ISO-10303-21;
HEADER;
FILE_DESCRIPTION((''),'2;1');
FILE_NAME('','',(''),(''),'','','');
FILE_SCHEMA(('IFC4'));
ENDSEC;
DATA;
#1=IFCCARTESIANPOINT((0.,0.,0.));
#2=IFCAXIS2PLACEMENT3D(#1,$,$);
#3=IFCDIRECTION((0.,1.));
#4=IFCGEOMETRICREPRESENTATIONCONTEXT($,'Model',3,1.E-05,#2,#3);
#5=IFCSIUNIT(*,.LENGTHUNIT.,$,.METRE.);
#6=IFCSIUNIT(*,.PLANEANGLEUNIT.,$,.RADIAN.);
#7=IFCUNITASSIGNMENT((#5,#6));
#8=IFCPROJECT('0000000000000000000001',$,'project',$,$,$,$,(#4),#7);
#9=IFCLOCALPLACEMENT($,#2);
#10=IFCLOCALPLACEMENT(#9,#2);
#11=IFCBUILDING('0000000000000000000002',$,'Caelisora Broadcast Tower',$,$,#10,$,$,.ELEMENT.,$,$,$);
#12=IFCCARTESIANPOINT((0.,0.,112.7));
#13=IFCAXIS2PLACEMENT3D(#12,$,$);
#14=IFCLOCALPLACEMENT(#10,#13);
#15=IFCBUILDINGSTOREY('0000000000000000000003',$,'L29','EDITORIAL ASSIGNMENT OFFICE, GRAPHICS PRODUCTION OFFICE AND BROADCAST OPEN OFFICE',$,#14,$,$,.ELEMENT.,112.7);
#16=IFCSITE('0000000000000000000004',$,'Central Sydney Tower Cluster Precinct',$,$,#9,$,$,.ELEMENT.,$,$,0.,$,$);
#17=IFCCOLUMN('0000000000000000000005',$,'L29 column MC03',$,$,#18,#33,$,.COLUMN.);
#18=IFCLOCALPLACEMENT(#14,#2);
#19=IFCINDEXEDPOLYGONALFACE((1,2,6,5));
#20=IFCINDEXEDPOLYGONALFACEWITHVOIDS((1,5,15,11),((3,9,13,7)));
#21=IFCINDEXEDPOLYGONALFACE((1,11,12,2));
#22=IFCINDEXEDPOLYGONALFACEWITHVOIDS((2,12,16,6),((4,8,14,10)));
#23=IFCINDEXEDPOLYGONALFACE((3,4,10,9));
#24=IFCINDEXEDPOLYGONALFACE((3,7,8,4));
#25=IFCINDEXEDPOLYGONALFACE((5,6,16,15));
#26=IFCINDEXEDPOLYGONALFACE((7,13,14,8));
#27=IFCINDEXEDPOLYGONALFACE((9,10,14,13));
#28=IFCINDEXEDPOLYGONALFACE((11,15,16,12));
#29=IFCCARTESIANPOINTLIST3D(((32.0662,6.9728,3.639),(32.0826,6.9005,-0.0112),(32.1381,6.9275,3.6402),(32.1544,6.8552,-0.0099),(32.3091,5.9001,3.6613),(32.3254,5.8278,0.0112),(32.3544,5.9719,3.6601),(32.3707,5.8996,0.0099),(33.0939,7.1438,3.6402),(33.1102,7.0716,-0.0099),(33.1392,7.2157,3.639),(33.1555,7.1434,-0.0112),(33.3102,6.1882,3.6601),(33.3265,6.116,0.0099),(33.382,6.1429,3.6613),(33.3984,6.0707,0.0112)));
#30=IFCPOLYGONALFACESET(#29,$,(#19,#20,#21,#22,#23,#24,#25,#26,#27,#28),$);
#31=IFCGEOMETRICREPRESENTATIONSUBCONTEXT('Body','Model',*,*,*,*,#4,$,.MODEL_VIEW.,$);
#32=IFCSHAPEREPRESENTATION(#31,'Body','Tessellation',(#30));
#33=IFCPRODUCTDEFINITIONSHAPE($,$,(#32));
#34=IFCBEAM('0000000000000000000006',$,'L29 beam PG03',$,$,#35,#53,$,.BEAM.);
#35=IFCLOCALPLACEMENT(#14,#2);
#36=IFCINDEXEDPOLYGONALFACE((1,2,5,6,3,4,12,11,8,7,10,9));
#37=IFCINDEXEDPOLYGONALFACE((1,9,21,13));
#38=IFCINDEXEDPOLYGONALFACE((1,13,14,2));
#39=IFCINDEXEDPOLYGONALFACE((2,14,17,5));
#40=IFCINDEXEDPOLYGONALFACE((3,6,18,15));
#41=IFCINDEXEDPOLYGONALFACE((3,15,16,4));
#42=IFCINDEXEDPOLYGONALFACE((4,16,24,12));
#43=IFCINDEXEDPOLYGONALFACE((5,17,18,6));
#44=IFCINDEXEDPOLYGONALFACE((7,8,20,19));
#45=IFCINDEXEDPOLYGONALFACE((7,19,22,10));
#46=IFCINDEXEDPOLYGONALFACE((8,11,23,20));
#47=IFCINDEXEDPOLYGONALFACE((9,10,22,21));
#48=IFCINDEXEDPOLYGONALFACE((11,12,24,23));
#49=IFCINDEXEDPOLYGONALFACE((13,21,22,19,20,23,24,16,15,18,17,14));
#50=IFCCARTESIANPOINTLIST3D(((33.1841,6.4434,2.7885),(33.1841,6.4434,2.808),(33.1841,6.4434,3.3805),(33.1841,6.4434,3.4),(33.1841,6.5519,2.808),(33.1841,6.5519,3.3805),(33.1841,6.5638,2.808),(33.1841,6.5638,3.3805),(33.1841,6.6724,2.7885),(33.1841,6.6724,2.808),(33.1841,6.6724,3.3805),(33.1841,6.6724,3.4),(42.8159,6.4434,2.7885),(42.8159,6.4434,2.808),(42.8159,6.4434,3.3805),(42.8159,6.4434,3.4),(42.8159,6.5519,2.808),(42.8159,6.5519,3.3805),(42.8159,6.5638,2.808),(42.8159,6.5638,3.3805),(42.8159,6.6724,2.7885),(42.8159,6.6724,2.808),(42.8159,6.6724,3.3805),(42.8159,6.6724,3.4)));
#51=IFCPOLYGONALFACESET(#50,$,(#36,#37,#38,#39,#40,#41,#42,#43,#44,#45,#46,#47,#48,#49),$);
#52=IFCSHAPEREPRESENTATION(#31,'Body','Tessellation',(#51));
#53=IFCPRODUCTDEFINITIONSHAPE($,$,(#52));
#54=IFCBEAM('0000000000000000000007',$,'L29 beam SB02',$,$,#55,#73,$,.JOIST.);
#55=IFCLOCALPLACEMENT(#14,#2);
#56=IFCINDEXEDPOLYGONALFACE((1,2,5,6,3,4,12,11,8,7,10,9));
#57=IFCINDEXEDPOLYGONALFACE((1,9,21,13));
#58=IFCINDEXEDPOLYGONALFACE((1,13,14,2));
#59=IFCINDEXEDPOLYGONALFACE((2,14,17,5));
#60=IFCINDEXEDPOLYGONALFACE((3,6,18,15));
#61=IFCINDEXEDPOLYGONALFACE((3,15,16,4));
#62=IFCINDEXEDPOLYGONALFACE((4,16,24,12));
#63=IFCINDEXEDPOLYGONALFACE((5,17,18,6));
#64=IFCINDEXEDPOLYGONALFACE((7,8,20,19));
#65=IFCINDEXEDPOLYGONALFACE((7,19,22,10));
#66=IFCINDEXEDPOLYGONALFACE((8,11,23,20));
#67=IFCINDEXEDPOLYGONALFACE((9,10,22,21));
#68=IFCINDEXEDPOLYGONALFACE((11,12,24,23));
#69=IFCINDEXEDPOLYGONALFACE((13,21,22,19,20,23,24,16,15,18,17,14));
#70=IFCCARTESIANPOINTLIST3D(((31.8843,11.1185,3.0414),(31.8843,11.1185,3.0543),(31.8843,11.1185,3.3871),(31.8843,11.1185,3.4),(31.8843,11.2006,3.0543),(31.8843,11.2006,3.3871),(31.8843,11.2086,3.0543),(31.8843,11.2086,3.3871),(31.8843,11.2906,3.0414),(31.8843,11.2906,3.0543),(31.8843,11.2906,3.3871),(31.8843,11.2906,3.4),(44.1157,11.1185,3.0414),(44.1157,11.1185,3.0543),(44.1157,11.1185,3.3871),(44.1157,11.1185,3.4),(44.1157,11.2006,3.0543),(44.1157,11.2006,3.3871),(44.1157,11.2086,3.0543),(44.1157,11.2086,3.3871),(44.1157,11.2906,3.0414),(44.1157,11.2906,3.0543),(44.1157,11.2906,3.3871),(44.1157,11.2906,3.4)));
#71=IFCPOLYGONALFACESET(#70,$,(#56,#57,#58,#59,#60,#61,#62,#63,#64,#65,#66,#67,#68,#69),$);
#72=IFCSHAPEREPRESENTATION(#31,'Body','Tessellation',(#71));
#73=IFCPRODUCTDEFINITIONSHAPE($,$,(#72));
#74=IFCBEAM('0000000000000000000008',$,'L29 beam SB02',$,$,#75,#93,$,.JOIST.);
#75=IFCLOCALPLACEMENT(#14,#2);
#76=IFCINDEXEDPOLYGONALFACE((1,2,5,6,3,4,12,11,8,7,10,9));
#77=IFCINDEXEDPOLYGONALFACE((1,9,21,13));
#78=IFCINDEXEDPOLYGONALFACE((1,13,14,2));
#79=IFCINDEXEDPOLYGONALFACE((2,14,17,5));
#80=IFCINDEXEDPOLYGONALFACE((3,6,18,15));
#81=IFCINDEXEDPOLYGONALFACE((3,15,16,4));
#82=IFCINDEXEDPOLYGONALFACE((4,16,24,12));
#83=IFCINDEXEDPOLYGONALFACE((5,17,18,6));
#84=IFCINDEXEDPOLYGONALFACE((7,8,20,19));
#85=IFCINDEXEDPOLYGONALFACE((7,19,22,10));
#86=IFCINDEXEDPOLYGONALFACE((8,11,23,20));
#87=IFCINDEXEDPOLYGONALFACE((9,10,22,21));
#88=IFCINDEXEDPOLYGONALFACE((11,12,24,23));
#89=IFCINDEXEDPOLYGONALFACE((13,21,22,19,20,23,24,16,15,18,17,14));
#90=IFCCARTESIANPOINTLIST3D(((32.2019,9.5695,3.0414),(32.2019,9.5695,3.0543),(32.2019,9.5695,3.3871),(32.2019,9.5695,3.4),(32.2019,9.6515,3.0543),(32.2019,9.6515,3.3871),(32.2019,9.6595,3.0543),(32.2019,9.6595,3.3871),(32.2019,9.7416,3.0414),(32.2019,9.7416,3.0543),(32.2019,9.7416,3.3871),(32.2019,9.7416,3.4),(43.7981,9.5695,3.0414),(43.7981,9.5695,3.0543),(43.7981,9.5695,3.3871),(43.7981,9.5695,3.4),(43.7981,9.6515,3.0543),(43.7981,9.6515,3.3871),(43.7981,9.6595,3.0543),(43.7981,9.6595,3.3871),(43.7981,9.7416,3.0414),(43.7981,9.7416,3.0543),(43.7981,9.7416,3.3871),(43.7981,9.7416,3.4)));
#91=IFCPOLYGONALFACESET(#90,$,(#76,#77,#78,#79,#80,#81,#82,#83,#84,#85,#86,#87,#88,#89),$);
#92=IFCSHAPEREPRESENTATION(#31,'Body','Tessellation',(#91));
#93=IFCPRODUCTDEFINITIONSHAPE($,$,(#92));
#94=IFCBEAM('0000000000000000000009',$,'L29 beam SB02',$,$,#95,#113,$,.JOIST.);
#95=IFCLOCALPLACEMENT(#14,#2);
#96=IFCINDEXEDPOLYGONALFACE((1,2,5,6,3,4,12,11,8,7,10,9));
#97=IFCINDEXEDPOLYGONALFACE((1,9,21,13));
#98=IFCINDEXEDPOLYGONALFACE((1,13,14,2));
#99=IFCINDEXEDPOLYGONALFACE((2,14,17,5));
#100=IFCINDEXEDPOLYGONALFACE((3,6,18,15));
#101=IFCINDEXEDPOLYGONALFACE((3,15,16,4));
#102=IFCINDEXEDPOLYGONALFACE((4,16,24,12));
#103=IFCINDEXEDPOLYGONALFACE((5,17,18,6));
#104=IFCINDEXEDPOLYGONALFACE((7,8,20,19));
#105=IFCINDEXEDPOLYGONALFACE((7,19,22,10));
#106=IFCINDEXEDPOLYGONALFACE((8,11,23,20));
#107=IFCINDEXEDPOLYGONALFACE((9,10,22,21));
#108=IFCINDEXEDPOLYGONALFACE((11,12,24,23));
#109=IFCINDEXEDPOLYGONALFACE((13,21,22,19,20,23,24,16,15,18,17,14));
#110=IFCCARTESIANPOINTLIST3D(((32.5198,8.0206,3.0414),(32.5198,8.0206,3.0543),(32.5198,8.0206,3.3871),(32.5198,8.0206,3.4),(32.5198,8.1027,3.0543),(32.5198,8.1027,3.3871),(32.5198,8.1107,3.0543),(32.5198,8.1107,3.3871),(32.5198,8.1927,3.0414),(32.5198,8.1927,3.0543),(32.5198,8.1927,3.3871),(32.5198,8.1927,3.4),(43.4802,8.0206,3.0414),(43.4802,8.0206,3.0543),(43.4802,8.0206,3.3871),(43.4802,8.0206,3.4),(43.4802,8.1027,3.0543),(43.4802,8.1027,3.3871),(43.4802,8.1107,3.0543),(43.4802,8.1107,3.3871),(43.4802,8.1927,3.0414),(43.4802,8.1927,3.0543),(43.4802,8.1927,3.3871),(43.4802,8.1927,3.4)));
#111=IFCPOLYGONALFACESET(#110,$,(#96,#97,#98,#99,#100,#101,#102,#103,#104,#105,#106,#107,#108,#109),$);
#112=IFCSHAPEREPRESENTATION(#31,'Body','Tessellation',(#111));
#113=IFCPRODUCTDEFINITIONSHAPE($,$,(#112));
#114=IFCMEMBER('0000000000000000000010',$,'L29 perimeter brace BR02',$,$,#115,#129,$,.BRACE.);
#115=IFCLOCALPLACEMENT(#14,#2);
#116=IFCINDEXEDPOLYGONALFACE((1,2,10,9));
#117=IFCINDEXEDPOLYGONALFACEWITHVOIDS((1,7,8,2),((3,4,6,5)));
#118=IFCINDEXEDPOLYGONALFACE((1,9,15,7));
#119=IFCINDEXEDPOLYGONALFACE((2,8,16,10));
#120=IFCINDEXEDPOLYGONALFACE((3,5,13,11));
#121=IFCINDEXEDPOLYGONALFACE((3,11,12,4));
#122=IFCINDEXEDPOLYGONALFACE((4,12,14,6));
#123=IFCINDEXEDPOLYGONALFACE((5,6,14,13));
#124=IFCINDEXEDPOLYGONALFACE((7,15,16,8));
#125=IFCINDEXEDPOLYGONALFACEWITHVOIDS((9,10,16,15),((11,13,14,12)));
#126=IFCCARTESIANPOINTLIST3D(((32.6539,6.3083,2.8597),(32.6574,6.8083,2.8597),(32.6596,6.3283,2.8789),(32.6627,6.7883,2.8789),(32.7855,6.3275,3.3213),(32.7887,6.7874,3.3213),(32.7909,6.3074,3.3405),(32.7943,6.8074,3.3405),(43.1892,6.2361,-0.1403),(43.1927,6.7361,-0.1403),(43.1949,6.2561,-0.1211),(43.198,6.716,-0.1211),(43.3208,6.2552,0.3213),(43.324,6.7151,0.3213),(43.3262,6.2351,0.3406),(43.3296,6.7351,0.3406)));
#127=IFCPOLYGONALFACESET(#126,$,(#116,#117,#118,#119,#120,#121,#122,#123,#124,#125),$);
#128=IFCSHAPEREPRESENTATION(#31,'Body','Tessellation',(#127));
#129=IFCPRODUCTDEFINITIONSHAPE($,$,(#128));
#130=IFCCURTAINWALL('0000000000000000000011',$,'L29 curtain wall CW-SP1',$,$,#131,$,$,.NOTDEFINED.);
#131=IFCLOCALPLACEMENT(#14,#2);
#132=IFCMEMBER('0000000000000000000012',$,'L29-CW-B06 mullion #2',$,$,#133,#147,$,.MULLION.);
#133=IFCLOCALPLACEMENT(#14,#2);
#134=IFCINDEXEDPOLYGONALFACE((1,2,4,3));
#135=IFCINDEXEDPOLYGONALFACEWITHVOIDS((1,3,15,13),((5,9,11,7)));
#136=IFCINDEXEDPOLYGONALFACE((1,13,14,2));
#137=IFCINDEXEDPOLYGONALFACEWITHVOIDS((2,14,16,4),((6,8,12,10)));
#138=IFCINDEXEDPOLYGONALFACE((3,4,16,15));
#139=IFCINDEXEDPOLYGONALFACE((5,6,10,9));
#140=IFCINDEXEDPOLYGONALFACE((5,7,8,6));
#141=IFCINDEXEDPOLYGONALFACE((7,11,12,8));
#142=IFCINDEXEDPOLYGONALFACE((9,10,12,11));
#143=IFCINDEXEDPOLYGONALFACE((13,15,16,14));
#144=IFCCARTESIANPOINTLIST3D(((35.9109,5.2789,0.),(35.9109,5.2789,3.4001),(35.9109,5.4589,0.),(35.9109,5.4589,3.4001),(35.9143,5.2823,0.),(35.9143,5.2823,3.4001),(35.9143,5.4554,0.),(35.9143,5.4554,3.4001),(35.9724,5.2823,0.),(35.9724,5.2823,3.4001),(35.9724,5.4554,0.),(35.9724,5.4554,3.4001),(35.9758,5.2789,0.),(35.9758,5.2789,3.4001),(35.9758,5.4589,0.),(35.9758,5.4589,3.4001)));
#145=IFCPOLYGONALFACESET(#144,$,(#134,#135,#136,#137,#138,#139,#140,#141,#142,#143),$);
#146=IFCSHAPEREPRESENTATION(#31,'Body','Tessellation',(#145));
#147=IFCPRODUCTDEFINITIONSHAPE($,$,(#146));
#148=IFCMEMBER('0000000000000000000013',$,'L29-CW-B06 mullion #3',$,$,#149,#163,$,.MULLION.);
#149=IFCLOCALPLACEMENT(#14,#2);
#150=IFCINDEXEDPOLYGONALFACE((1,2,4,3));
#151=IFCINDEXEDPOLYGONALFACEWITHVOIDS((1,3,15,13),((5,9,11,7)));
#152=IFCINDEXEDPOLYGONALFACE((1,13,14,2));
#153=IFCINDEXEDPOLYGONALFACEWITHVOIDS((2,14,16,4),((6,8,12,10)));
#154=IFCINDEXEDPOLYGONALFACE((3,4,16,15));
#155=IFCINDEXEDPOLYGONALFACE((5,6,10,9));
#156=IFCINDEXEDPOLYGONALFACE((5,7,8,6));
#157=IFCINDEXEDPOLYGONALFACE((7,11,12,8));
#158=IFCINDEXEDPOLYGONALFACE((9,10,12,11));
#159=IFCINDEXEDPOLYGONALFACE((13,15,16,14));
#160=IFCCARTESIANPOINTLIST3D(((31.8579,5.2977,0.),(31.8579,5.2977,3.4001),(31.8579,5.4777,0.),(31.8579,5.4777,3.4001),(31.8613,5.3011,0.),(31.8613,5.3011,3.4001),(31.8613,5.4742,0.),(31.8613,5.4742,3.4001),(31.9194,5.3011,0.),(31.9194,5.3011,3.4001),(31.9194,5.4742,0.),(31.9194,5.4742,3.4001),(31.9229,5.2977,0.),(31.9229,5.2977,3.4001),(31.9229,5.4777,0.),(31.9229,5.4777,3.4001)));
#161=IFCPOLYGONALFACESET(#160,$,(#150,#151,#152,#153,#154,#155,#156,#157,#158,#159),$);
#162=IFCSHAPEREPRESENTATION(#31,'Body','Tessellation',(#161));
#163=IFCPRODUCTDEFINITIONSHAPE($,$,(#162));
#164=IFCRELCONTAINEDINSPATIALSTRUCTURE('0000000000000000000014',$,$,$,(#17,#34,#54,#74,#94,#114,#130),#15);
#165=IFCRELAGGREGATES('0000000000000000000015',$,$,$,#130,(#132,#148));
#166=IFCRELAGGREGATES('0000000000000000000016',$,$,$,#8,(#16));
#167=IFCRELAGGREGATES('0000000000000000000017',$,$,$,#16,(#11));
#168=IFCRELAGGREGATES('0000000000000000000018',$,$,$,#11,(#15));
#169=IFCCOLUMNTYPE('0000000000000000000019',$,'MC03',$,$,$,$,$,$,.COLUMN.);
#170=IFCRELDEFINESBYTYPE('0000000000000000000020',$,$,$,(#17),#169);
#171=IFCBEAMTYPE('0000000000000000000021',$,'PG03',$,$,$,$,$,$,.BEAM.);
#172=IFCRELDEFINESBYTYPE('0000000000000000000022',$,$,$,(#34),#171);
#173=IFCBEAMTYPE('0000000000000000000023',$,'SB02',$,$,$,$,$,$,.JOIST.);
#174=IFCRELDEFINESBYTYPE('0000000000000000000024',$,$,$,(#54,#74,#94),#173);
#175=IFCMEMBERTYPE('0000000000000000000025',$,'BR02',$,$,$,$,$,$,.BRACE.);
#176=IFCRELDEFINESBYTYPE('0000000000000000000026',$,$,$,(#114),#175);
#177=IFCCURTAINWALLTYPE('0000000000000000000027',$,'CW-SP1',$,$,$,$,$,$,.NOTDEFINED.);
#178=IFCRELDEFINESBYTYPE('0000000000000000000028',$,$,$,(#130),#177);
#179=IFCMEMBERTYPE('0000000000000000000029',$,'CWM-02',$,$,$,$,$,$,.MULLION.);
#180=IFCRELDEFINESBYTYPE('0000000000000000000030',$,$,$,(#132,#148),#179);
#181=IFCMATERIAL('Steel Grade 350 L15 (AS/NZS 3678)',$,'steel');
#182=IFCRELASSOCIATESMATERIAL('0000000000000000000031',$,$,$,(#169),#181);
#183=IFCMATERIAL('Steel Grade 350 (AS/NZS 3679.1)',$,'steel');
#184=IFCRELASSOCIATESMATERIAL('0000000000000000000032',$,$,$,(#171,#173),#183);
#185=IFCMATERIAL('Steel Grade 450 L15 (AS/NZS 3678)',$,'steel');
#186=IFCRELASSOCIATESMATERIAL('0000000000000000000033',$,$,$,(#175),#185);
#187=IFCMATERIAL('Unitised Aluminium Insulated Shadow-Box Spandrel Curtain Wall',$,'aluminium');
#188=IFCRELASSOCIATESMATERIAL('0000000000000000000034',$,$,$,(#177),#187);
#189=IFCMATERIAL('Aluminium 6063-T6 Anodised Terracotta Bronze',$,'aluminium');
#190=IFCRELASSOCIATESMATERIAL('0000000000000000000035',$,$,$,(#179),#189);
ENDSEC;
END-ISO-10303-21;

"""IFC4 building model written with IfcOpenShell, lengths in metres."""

from ifc_helpers import new_model, si_unit, direction, frame, origin, origin_2d, place, context, subcontext, project, spatial, hollow_rectangle, i_section, extrude, source, transform, mapped, material, material_profile, profile_set, type_object, type_shapes, element, aggregate, save


model = new_model("IFC4")

# Units and contexts
model_context = context("Model", 3, precision=1e-05, world=origin(), true_north=direction((0.0, 1.0)))
body_context = subcontext(model_context, "Body", "Model", "MODEL_VIEW")
ifc_project = project(units=[si_unit("LENGTHUNIT", "METRE"), si_unit("PLANEANGLEUNIT", "RADIAN")], contexts=[model_context])

# Site, building, storey
site_placement = place(None, origin())
site = spatial("IfcSite", under=ifc_project, at=site_placement, Name="Central Sydney Tower Cluster Precinct", CompositionType="ELEMENT", RefElevation=0.0)
building_placement = place(site_placement, origin())
building = spatial("IfcBuilding", under=site, at=building_placement, Name="Caelisora Broadcast Tower", CompositionType="ELEMENT")
storey_placement = place(building_placement, frame((0.0, 0.0, 112.7)))
storey = spatial("IfcBuildingStorey", under=building, at=storey_placement, Name="L29", Description="EDITORIAL ASSIGNMENT OFFICE, GRAPHICS PRODUCTION OFFICE AND BROADCAST OPEN OFFICE", CompositionType="ELEMENT", Elevation=112.7)

# Column
ifc_material_1 = material(Name="Steel Grade 350 L15 (AS/NZS 3678)", Category="steel")
ifc_material_profile_1 = material_profile(ifc_material_1, hollow_rectangle(XDim=1.1001, YDim=1.1001, WallThickness=0.0601, at=origin_2d()), Name="Steel Grade 350 L15 (AS/NZS 3678)")
ifc_profile_set_1 = profile_set([ifc_material_profile_1], Name="Steel Grade 350 L15 (AS/NZS 3678)")
column_type = type_object("IfcColumnType", Name="MC03", PredefinedType="COLUMN", material=ifc_profile_set_1)
shared_shape_1 = source(origin(), body_context, "Body", "SweptSolid", [
    extrude(hollow_rectangle(XDim=1.1001, YDim=1.1001, WallThickness=0.0601, at=origin_2d()), origin(), (0.0, 0.0, 1.0), 3.6509),
])
type_shapes(column_type, [shared_shape_1])
column_placement = place(storey_placement, frame((32.7405, 6.4856, 0.0), z_axis=(-0.00448, 0.019794, 0.999794), x_axis=(-0.975327, -0.220767, 0.0)))
element("IfcColumn", 1, at=column_placement, inside=storey, type_object=column_type, Name="L29 column MC03", PredefinedType="COLUMN", context=body_context, shape_type="MappedRepresentation", body=[
    mapped(shared_shape_1, transform((0.0, 0.0, 0.0), scale=1.0)),
])

# Beams
ifc_material_2 = material(Name="Steel Grade 350 (AS/NZS 3679.1)", Category="steel")
ifc_material_profile_2 = material_profile(ifc_material_2, i_section(OverallWidth=0.229, OverallDepth=0.6116, WebThickness=0.012, FlangeThickness=0.0195, at=origin_2d()), Name="Steel Grade 350 (AS/NZS 3679.1)")
ifc_profile_set_2 = profile_set([ifc_material_profile_2], Name="Steel Grade 350 (AS/NZS 3679.1)")
beam_type_1 = type_object("IfcBeamType", Name="PG03", PredefinedType="BEAM", material=ifc_profile_set_2)
shared_shape_2 = source(origin(), body_context, "Body", "SweptSolid", [
    extrude(i_section(OverallWidth=0.229, OverallDepth=0.6116, WebThickness=0.012, FlangeThickness=0.0195, at=origin_2d()), origin(), (0.0, 0.0, 1.0), 9.6318),
])
type_shapes(beam_type_1, [shared_shape_2])
beam_1_placement = place(storey_placement, frame((33.1841, 6.5579, 3.0942), z_axis=(1.0, 0.0, 0.0), x_axis=(0.0, 1.0, 0.0)))
element("IfcBeam", 2, at=beam_1_placement, inside=storey, type_object=beam_type_1, Name="L29 beam PG03", PredefinedType="BEAM", context=body_context, shape_type="MappedRepresentation", body=[
    mapped(shared_shape_2, transform((0.0, 0.0, 0.0), scale=1.0)),
])
ifc_material_profile_3 = material_profile(ifc_material_2, i_section(OverallWidth=0.1721, OverallDepth=0.3586, WebThickness=0.0081, FlangeThickness=0.0129, at=origin_2d()), Name="Steel Grade 350 (AS/NZS 3679.1)")
ifc_profile_set_3 = profile_set([ifc_material_profile_3], Name="Steel Grade 350 (AS/NZS 3679.1)")
beam_type_2 = type_object("IfcBeamType", Name="SB02", PredefinedType="JOIST", material=ifc_profile_set_3)
shared_shape_3 = source(origin(), body_context, "Body", "SweptSolid", [
    extrude(i_section(OverallWidth=0.1721, OverallDepth=0.3586, WebThickness=0.0081, FlangeThickness=0.0129, at=origin_2d()), origin(), (0.0, 0.0, 1.0), 12.2314),
])
beam_2_placement = place(storey_placement, frame((31.8843, 11.2046, 3.2207), z_axis=(1.0, 0.0, 0.0), x_axis=(0.0, 1.0, 0.0)))
element("IfcBeam", 3, at=beam_2_placement, inside=storey, type_object=beam_type_2, Name="L29 beam SB02", PredefinedType="JOIST", context=body_context, shape_type="MappedRepresentation", body=[
    mapped(shared_shape_3, transform((0.0, 0.0, 0.0), scale=1.0)),
])
shared_shape_4 = source(origin(), body_context, "Body", "SweptSolid", [
    extrude(i_section(OverallWidth=0.1721, OverallDepth=0.3586, WebThickness=0.0081, FlangeThickness=0.0129, at=origin_2d()), origin(), (0.0, 0.0, 1.0), 11.5962),
])
beam_3_placement = place(storey_placement, frame((32.2019, 9.6555, 3.2207), z_axis=(1.0, 0.0, 0.0), x_axis=(0.0, 1.0, 0.0)))
element("IfcBeam", 4, at=beam_3_placement, inside=storey, type_object=beam_type_2, Name="L29 beam SB02", PredefinedType="JOIST", context=body_context, shape_type="MappedRepresentation", body=[
    mapped(shared_shape_4, transform((0.0, 0.0, 0.0), scale=1.0)),
])
shared_shape_5 = source(origin(), body_context, "Body", "SweptSolid", [
    extrude(i_section(OverallWidth=0.1721, OverallDepth=0.3586, WebThickness=0.0081, FlangeThickness=0.0129, at=origin_2d()), origin(), (0.0, 0.0, 1.0), 10.9604),
])
type_shapes(beam_type_2, [shared_shape_3, shared_shape_4, shared_shape_5])
beam_4_placement = place(storey_placement, frame((32.5198, 8.1067, 3.2207), z_axis=(1.0, 0.0, 0.0), x_axis=(0.0, 1.0, 0.0)))
element("IfcBeam", 5, at=beam_4_placement, inside=storey, type_object=beam_type_2, Name="L29 beam SB02", PredefinedType="JOIST", context=body_context, shape_type="MappedRepresentation", body=[
    mapped(shared_shape_5, transform((0.0, 0.0, 0.0), scale=1.0)),
])

# Member
ifc_material_3 = material(Name="Steel Grade 450 L15 (AS/NZS 3678)", Category="steel")
ifc_material_profile_4 = material_profile(ifc_material_3, hollow_rectangle(XDim=0.5, YDim=0.5, WallThickness=0.02, at=origin_2d()), Name="Steel Grade 450 L15 (AS/NZS 3678)")
ifc_profile_set_4 = profile_set([ifc_material_profile_4], Name="Steel Grade 450 L15 (AS/NZS 3678)")
member_type_1 = type_object("IfcMemberType", Name="BR02", PredefinedType="BRACE", material=ifc_profile_set_4)
shared_shape_6 = source(origin(), body_context, "Body", "SweptSolid", [
    extrude(hollow_rectangle(XDim=0.5, YDim=0.5, WallThickness=0.02, at=origin_2d()), origin(), (0.0, 0.0, 1.0), 10.9543),
])
type_shapes(member_type_1, [shared_shape_6])
member_1_placement = place(storey_placement, frame((32.7241, 6.5579, 3.1001), z_axis=(0.961747, -0.006597, -0.273861), x_axis=(0.006859, 0.999976, 0.0)))
element("IfcMember", 6, at=member_1_placement, inside=storey, type_object=member_type_1, Name="L29 perimeter brace BR02", PredefinedType="BRACE", context=body_context, shape_type="MappedRepresentation", body=[
    mapped(shared_shape_6, transform((0.0, 0.0, 0.0), scale=1.0)),
])

# Curtain wall, members
ifc_material_4 = material(Name="Unitised Aluminium Insulated Shadow-Box Spandrel Curtain Wall", Category="aluminium")
curtain_wall_type_1 = type_object("IfcCurtainWallType", Name="CW-SP1", PredefinedType="NOTDEFINED", material=ifc_material_4)
curtain_wall_1_placement = place(storey_placement, origin())
curtain_wall_1 = element("IfcCurtainWall", 7, at=curtain_wall_1_placement, inside=storey, type_object=curtain_wall_type_1, Name="L29 curtain wall CW-SP1", PredefinedType="NOTDEFINED")
ifc_material_5 = material(Name="Aluminium 6063-T6 Anodised Terracotta Bronze", Category="aluminium")
ifc_material_profile_5 = material_profile(ifc_material_5, hollow_rectangle(XDim=0.0649, YDim=0.1799, WallThickness=0.0034, at=origin_2d()), Name="Aluminium 6063-T6 Anodised Terracotta Bronze")
ifc_profile_set_5 = profile_set([ifc_material_profile_5], Name="Aluminium 6063-T6 Anodised Terracotta Bronze")
member_type_2 = type_object("IfcMemberType", Name="CWM-02", PredefinedType="MULLION", material=ifc_profile_set_5)
shared_shape_7 = source(origin(), body_context, "Body", "SweptSolid", [
    extrude(hollow_rectangle(XDim=0.0649, YDim=0.1799, WallThickness=0.0034, at=origin_2d()), origin(), (0.0, 0.0, 1.0), 3.4001),
])
type_shapes(member_type_2, [shared_shape_7])
member_2_placement = place(storey_placement, frame((35.9434, 5.3689, 0.0), z_axis=(0.0, 0.0, 1.0), x_axis=(1.0, 0.0, 0.0)))
member_2 = element("IfcMember", 8, at=member_2_placement, type_object=member_type_2, Name="L29-CW-B06 mullion #2", PredefinedType="MULLION", context=body_context, shape_type="MappedRepresentation", body=[
    mapped(shared_shape_7, transform((0.0, 0.0, 0.0), scale=1.0)),
])
member_3_placement = place(storey_placement, frame((31.8904, 5.3877, 0.0), z_axis=(0.0, 0.0, 1.0), x_axis=(1.0, 0.0, 0.0)))
member_3 = element("IfcMember", 9, at=member_3_placement, type_object=member_type_2, Name="L29-CW-B06 mullion #3", PredefinedType="MULLION", context=body_context, shape_type="MappedRepresentation", body=[
    mapped(shared_shape_7, transform((0.0, 0.0, 0.0), scale=1.0)),
])

aggregate(curtain_wall_1, [member_2, member_3])

save(model, "model.ifc")
